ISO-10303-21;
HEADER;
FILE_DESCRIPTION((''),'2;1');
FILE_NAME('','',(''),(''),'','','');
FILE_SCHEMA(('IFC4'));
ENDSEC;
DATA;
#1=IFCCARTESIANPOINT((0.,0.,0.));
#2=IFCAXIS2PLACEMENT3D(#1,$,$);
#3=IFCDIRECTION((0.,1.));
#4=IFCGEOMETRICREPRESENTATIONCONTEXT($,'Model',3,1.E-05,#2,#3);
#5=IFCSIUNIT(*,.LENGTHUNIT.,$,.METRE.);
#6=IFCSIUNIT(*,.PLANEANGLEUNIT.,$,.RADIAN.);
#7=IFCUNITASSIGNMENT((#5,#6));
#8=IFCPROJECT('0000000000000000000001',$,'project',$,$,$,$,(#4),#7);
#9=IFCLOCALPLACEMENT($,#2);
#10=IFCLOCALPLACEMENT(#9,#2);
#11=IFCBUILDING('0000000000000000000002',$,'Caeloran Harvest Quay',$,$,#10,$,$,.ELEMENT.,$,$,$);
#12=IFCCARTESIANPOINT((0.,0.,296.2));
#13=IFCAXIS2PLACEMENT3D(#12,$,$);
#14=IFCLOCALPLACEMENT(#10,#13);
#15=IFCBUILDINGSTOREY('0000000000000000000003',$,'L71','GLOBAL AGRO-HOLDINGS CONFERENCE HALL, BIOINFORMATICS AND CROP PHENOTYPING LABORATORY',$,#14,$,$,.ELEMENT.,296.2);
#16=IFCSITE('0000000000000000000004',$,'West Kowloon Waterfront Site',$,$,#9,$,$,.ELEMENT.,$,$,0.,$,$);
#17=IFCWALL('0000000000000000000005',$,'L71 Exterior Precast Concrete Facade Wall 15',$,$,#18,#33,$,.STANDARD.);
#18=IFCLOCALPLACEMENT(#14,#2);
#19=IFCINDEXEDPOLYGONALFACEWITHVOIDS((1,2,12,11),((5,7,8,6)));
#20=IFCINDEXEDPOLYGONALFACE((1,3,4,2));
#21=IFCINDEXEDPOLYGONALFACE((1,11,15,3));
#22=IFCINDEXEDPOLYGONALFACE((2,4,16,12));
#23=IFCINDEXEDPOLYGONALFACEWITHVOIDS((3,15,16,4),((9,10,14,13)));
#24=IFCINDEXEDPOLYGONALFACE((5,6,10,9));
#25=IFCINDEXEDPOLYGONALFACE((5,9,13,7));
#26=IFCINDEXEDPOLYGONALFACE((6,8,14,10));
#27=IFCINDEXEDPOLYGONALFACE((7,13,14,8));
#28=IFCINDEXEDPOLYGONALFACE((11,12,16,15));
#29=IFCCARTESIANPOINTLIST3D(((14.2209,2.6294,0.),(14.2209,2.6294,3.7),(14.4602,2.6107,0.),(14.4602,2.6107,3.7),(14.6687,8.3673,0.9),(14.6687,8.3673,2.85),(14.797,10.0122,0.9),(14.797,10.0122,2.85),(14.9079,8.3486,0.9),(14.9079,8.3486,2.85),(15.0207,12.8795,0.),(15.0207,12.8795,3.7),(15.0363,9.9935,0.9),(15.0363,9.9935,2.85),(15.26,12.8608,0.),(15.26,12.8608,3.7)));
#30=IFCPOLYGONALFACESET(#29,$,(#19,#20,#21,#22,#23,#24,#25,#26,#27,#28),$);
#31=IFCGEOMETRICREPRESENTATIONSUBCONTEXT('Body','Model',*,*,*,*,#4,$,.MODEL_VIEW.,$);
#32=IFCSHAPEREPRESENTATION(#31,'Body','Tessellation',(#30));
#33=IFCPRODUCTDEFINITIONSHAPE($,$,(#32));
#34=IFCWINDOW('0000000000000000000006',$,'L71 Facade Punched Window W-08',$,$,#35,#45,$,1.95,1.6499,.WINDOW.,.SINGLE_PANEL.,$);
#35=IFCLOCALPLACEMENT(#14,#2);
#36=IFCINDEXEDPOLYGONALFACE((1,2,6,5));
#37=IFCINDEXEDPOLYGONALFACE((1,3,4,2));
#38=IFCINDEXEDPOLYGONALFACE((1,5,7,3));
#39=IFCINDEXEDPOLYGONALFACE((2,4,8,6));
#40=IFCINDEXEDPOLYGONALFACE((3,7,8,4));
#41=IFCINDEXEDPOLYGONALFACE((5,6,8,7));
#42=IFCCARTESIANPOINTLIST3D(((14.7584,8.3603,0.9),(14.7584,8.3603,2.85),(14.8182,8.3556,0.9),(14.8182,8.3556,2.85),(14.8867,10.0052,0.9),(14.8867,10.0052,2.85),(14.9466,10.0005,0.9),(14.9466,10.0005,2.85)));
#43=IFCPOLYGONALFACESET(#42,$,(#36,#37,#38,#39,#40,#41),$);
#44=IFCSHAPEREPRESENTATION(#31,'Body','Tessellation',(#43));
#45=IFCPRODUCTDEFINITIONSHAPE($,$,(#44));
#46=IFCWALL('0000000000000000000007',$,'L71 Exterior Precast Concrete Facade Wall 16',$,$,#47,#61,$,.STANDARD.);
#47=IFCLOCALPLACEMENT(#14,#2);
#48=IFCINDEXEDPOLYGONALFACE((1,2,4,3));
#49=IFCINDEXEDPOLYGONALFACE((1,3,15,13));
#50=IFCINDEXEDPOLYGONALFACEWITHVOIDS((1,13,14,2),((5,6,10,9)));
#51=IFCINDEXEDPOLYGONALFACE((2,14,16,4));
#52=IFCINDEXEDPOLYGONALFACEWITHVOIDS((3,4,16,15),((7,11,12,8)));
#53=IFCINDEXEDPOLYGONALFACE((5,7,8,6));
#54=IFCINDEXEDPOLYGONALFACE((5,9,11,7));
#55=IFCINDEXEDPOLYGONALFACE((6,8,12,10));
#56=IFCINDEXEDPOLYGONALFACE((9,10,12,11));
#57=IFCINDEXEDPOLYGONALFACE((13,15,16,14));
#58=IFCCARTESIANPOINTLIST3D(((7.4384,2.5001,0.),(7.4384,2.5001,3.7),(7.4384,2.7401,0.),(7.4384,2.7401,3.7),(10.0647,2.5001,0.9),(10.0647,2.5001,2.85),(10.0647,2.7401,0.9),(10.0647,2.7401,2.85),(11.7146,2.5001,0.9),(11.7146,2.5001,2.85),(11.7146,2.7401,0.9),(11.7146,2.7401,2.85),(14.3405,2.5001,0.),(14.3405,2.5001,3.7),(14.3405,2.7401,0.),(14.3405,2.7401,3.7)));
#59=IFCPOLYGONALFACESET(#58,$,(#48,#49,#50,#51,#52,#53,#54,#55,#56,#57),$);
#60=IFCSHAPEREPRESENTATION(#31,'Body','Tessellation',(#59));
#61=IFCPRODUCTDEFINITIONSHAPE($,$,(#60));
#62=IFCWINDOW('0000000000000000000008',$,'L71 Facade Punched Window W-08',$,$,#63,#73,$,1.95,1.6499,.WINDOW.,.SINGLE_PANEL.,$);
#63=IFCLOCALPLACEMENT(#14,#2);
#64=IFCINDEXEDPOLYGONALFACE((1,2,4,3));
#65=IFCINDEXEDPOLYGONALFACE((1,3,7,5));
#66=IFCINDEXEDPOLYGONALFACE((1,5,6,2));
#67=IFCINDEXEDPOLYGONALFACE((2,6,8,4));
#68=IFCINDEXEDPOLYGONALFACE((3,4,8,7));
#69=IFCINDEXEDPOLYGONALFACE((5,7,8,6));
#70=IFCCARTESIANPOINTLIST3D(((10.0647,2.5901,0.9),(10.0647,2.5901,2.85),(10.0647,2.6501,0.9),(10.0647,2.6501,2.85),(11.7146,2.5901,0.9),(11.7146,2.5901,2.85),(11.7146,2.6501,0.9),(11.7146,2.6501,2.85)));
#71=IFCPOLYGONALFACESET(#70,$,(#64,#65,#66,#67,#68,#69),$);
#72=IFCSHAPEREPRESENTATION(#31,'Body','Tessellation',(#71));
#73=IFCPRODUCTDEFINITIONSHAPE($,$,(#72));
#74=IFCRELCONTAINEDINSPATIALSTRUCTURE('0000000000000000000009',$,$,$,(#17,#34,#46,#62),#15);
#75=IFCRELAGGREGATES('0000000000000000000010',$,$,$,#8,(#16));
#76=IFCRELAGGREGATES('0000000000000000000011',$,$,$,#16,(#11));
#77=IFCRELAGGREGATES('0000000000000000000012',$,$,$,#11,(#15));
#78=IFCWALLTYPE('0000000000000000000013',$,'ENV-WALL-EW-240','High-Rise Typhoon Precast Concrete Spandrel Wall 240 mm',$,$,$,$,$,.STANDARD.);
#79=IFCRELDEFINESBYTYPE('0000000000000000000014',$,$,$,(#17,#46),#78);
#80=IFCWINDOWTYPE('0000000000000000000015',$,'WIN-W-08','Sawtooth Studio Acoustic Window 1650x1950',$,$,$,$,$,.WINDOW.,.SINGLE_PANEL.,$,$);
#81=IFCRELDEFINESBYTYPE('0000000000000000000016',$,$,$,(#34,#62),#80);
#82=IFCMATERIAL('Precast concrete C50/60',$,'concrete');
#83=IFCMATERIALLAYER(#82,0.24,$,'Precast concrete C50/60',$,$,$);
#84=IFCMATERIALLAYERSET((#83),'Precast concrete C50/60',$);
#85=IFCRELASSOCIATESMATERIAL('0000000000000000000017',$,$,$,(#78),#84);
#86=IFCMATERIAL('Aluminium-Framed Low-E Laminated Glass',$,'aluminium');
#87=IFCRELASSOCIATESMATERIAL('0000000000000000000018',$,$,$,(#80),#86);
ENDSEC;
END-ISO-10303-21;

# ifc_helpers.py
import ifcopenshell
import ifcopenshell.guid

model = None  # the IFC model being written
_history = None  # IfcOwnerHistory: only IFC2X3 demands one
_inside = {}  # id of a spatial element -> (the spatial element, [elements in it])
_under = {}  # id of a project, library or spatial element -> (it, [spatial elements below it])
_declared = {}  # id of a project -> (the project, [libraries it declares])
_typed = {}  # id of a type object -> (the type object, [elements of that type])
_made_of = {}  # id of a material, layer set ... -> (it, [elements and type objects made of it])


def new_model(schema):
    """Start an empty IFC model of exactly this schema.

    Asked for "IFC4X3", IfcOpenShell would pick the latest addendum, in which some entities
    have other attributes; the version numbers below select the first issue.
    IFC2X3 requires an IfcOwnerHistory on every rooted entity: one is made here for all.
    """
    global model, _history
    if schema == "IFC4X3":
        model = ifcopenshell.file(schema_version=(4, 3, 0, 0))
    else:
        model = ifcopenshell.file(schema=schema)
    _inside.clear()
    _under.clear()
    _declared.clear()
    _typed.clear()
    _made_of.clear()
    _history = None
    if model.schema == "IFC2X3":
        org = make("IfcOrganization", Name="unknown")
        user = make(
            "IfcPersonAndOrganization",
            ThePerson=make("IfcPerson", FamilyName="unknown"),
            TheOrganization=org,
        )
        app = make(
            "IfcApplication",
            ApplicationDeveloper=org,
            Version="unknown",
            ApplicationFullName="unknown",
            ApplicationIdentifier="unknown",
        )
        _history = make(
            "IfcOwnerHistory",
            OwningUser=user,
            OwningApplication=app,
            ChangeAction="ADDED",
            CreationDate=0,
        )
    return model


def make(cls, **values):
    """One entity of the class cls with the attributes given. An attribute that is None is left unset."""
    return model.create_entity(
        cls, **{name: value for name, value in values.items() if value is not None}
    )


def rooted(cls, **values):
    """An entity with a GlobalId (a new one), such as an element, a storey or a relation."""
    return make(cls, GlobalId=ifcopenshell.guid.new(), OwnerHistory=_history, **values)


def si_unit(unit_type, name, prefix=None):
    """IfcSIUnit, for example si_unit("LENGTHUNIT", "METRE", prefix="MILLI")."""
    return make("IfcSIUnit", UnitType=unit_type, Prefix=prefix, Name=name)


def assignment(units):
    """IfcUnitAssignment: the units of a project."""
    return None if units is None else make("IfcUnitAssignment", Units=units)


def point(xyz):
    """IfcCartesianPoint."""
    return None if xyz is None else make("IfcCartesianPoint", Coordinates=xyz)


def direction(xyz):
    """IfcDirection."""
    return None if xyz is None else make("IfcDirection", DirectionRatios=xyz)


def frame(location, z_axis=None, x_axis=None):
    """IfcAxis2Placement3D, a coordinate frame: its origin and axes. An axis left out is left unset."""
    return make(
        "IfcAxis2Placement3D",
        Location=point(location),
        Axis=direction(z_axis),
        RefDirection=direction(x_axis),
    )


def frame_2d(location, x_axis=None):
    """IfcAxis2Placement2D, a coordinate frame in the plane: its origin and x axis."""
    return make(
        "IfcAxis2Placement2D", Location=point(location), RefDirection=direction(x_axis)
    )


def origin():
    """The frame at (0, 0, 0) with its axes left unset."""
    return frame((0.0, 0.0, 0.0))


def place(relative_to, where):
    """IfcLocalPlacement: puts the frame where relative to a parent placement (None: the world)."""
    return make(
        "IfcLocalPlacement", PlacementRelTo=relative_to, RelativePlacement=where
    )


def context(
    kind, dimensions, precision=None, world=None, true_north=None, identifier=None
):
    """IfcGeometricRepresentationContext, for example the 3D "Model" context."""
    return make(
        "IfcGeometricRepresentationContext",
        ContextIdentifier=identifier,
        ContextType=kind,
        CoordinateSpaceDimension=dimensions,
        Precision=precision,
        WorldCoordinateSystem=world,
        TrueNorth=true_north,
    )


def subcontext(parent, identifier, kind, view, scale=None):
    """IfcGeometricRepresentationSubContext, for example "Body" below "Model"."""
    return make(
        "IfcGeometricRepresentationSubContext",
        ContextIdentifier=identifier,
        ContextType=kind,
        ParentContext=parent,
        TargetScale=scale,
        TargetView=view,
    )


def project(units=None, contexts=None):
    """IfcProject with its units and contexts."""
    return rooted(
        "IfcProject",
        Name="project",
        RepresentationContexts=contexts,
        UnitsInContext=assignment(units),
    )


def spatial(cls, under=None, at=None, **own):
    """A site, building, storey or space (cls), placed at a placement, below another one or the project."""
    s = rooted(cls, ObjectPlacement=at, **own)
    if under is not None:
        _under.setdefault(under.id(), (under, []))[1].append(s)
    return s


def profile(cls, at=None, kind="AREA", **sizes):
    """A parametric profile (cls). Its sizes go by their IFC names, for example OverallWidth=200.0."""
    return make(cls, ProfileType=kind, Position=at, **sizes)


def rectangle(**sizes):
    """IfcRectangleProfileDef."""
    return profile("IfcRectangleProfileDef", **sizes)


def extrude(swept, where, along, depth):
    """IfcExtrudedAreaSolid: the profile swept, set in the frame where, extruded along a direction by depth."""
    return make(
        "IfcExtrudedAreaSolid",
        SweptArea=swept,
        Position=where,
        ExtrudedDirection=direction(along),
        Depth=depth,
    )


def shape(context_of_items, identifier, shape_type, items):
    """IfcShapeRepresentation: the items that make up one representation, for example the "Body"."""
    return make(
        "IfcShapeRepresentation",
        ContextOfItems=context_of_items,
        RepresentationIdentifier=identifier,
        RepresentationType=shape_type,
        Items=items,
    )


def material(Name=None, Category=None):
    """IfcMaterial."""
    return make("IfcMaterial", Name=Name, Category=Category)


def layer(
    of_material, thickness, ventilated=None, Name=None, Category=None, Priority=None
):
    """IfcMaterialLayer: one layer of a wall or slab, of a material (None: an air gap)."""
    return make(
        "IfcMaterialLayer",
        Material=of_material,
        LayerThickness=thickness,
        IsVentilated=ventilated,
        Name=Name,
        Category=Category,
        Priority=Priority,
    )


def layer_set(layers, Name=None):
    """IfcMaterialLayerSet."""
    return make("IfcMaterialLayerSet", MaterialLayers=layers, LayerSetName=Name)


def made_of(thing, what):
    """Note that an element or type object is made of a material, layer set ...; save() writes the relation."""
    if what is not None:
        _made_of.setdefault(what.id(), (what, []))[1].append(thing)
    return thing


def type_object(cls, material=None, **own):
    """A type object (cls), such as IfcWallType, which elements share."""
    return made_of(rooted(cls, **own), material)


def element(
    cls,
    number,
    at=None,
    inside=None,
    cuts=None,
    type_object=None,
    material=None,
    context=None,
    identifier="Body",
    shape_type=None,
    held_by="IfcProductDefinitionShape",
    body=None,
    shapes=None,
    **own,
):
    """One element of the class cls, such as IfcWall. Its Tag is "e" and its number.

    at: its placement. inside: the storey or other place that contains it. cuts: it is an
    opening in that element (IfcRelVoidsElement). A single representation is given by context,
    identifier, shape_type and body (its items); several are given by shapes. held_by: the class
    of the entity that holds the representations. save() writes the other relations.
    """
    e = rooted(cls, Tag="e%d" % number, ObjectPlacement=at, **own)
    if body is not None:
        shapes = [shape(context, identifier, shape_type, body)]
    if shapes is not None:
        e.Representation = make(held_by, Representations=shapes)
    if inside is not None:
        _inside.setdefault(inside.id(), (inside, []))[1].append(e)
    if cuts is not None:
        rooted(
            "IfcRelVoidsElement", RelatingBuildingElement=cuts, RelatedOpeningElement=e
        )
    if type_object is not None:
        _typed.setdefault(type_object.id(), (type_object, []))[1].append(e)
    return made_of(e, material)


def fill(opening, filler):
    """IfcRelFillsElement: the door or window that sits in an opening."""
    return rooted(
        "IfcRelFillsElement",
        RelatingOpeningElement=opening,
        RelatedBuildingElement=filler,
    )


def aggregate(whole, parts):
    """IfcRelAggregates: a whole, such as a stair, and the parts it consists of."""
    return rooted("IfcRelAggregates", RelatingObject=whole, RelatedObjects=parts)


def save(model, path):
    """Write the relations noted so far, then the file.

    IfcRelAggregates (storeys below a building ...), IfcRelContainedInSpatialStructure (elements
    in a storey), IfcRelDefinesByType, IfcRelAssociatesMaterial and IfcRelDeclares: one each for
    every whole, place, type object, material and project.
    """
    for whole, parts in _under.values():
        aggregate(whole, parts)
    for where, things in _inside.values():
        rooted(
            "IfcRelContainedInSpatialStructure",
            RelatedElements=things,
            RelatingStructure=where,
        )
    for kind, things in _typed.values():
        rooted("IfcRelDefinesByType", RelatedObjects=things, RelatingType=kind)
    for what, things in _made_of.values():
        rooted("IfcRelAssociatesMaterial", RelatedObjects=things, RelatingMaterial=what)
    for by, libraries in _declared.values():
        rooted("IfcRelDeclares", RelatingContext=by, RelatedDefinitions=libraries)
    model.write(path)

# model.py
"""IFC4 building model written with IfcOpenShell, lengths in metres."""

from ifc_helpers import new_model, si_unit, direction, frame, frame_2d, origin, place, context, subcontext, project, spatial, rectangle, extrude, material, layer, layer_set, type_object, element, fill, save


model = new_model("IFC4")

# Units and contexts
model_context = context("Model", 3, precision=1e-05, world=origin(), true_north=direction((0.0, 1.0)))
body_context = subcontext(model_context, "Body", "Model", "MODEL_VIEW")
ifc_project = project(units=[si_unit("LENGTHUNIT", "METRE"), si_unit("PLANEANGLEUNIT", "RADIAN")], contexts=[model_context])

# Site, building, storey
site_placement = place(None, origin())
site = spatial("IfcSite", under=ifc_project, at=site_placement, Name="West Kowloon Waterfront Site", CompositionType="ELEMENT", RefElevation=0.0)
building_placement = place(site_placement, origin())
building = spatial("IfcBuilding", under=site, at=building_placement, Name="Caeloran Harvest Quay", CompositionType="ELEMENT")
storey_placement = place(building_placement, frame((0.0, 0.0, 296.2)))
storey = spatial("IfcBuildingStorey", under=building, at=storey_placement, Name="L71", Description="GLOBAL AGRO-HOLDINGS CONFERENCE HALL, BIOINFORMATICS AND CROP PHENOTYPING LABORATORY", CompositionType="ELEMENT", Elevation=296.2)

# Shared definitions
ifc_material_1 = material(Name="Precast concrete C50/60", Category="concrete")
ifc_layer_1 = layer(ifc_material_1, 0.24, Name="Precast concrete C50/60")
ifc_layer_set_1 = layer_set([ifc_layer_1], Name="Precast concrete C50/60")
wall_type = type_object("IfcWallType", Name="ENV-WALL-EW-240", Description="High-Rise Typhoon Precast Concrete Spandrel Wall 240 mm", PredefinedType="STANDARD", material=ifc_layer_set_1)

# Shared definitions
ifc_material_2 = material(Name="Aluminium-Framed Low-E Laminated Glass", Category="aluminium")
window_type = type_object("IfcWindowType", Name="WIN-W-08", Description="Sawtooth Studio Acoustic Window 1650x1950", PartitioningType="SINGLE_PANEL", PredefinedType="WINDOW", material=ifc_material_2)

# Walls, openings, windows
wall_1_placement = place(storey_placement, frame((15.1404, 12.8701, 0.0), z_axis=(0.0, 0.0, 1.0), x_axis=(-0.077793, -0.99697, 0.0)))
wall_1 = element("IfcWall", 1, at=wall_1_placement, inside=storey, type_object=wall_type, Name="L71 Exterior Precast Concrete Facade Wall 15", PredefinedType="STANDARD", context=body_context, shape_type="SweptSolid", body=[
    extrude(rectangle(XDim=10.2812, YDim=0.24, at=frame_2d((5.1406, 0.0))), origin(), (0.0, 0.0, 1.0), 3.7),
])
opening_1_placement = place(wall_1_placement, frame((2.876, 0.0, 0.8999)))
opening_1 = element("IfcOpeningElement", 2, at=opening_1_placement, cuts=wall_1, PredefinedType="OPENING", context=body_context, shape_type="SweptSolid", body=[
    extrude(rectangle(XDim=1.6499, YDim=1.95, at=frame_2d((0.825, 0.9751))), frame((0.0, 0.1299, 0.0), z_axis=(0.0, -1.0, 0.0), x_axis=(1.0, 0.0, 0.0)), (0.0, 0.0, 1.0), 0.26),
])
window_1_placement = place(opening_1_placement, origin())
window_1 = element("IfcWindow", 3, at=window_1_placement, inside=storey, type_object=window_type, Name="L71 Facade Punched Window W-08", OverallHeight=1.95, OverallWidth=1.6499, PartitioningType="SINGLE_PANEL", PredefinedType="WINDOW", context=body_context, shape_type="SweptSolid", body=[
    extrude(rectangle(XDim=1.6499, YDim=1.95, at=frame_2d((0.825, 0.9751))), frame((0.0, 0.03, 0.0), z_axis=(0.0, -1.0, 0.0), x_axis=(1.0, 0.0, 0.0)), (0.0, 0.0, 1.0), 0.0601),
])
fill(opening_1, window_1)
wall_2_placement = place(storey_placement, frame((14.3406, 2.6201, 0.0), z_axis=(0.0, 0.0, 1.0), x_axis=(-1.0, 0.0, 0.0)))
wall_2 = element("IfcWall", 4, at=wall_2_placement, inside=storey, type_object=wall_type, Name="L71 Exterior Precast Concrete Facade Wall 16", PredefinedType="STANDARD", context=body_context, shape_type="SweptSolid", body=[
    extrude(rectangle(XDim=6.9021, YDim=0.24, at=frame_2d((3.4512, 0.0))), origin(), (0.0, 0.0, 1.0), 3.7),
])
opening_2_placement = place(wall_2_placement, frame((2.626, 0.0, 0.8999)))
opening_2 = element("IfcOpeningElement", 5, at=opening_2_placement, cuts=wall_2, PredefinedType="OPENING", context=body_context, shape_type="SweptSolid", body=[
    extrude(rectangle(XDim=1.6499, YDim=1.95, at=frame_2d((0.825, 0.9751))), frame((0.0, 0.1299, 0.0), z_axis=(0.0, -1.0, 0.0), x_axis=(1.0, 0.0, 0.0)), (0.0, 0.0, 1.0), 0.26),
])
window_2_placement = place(opening_2_placement, origin())
window_2 = element("IfcWindow", 6, at=window_2_placement, inside=storey, type_object=window_type, Name="L71 Facade Punched Window W-08", OverallHeight=1.95, OverallWidth=1.6499, PartitioningType="SINGLE_PANEL", PredefinedType="WINDOW", context=body_context, shape_type="SweptSolid", body=[
    extrude(rectangle(XDim=1.6499, YDim=1.95, at=frame_2d((0.825, 0.9751))), frame((0.0, 0.03, 0.0), z_axis=(0.0, -1.0, 0.0), x_axis=(1.0, 0.0, 0.0)), (0.0, 0.0, 1.0), 0.0601),
])
fill(opening_2, window_2)

save(model, "model.ifc")
